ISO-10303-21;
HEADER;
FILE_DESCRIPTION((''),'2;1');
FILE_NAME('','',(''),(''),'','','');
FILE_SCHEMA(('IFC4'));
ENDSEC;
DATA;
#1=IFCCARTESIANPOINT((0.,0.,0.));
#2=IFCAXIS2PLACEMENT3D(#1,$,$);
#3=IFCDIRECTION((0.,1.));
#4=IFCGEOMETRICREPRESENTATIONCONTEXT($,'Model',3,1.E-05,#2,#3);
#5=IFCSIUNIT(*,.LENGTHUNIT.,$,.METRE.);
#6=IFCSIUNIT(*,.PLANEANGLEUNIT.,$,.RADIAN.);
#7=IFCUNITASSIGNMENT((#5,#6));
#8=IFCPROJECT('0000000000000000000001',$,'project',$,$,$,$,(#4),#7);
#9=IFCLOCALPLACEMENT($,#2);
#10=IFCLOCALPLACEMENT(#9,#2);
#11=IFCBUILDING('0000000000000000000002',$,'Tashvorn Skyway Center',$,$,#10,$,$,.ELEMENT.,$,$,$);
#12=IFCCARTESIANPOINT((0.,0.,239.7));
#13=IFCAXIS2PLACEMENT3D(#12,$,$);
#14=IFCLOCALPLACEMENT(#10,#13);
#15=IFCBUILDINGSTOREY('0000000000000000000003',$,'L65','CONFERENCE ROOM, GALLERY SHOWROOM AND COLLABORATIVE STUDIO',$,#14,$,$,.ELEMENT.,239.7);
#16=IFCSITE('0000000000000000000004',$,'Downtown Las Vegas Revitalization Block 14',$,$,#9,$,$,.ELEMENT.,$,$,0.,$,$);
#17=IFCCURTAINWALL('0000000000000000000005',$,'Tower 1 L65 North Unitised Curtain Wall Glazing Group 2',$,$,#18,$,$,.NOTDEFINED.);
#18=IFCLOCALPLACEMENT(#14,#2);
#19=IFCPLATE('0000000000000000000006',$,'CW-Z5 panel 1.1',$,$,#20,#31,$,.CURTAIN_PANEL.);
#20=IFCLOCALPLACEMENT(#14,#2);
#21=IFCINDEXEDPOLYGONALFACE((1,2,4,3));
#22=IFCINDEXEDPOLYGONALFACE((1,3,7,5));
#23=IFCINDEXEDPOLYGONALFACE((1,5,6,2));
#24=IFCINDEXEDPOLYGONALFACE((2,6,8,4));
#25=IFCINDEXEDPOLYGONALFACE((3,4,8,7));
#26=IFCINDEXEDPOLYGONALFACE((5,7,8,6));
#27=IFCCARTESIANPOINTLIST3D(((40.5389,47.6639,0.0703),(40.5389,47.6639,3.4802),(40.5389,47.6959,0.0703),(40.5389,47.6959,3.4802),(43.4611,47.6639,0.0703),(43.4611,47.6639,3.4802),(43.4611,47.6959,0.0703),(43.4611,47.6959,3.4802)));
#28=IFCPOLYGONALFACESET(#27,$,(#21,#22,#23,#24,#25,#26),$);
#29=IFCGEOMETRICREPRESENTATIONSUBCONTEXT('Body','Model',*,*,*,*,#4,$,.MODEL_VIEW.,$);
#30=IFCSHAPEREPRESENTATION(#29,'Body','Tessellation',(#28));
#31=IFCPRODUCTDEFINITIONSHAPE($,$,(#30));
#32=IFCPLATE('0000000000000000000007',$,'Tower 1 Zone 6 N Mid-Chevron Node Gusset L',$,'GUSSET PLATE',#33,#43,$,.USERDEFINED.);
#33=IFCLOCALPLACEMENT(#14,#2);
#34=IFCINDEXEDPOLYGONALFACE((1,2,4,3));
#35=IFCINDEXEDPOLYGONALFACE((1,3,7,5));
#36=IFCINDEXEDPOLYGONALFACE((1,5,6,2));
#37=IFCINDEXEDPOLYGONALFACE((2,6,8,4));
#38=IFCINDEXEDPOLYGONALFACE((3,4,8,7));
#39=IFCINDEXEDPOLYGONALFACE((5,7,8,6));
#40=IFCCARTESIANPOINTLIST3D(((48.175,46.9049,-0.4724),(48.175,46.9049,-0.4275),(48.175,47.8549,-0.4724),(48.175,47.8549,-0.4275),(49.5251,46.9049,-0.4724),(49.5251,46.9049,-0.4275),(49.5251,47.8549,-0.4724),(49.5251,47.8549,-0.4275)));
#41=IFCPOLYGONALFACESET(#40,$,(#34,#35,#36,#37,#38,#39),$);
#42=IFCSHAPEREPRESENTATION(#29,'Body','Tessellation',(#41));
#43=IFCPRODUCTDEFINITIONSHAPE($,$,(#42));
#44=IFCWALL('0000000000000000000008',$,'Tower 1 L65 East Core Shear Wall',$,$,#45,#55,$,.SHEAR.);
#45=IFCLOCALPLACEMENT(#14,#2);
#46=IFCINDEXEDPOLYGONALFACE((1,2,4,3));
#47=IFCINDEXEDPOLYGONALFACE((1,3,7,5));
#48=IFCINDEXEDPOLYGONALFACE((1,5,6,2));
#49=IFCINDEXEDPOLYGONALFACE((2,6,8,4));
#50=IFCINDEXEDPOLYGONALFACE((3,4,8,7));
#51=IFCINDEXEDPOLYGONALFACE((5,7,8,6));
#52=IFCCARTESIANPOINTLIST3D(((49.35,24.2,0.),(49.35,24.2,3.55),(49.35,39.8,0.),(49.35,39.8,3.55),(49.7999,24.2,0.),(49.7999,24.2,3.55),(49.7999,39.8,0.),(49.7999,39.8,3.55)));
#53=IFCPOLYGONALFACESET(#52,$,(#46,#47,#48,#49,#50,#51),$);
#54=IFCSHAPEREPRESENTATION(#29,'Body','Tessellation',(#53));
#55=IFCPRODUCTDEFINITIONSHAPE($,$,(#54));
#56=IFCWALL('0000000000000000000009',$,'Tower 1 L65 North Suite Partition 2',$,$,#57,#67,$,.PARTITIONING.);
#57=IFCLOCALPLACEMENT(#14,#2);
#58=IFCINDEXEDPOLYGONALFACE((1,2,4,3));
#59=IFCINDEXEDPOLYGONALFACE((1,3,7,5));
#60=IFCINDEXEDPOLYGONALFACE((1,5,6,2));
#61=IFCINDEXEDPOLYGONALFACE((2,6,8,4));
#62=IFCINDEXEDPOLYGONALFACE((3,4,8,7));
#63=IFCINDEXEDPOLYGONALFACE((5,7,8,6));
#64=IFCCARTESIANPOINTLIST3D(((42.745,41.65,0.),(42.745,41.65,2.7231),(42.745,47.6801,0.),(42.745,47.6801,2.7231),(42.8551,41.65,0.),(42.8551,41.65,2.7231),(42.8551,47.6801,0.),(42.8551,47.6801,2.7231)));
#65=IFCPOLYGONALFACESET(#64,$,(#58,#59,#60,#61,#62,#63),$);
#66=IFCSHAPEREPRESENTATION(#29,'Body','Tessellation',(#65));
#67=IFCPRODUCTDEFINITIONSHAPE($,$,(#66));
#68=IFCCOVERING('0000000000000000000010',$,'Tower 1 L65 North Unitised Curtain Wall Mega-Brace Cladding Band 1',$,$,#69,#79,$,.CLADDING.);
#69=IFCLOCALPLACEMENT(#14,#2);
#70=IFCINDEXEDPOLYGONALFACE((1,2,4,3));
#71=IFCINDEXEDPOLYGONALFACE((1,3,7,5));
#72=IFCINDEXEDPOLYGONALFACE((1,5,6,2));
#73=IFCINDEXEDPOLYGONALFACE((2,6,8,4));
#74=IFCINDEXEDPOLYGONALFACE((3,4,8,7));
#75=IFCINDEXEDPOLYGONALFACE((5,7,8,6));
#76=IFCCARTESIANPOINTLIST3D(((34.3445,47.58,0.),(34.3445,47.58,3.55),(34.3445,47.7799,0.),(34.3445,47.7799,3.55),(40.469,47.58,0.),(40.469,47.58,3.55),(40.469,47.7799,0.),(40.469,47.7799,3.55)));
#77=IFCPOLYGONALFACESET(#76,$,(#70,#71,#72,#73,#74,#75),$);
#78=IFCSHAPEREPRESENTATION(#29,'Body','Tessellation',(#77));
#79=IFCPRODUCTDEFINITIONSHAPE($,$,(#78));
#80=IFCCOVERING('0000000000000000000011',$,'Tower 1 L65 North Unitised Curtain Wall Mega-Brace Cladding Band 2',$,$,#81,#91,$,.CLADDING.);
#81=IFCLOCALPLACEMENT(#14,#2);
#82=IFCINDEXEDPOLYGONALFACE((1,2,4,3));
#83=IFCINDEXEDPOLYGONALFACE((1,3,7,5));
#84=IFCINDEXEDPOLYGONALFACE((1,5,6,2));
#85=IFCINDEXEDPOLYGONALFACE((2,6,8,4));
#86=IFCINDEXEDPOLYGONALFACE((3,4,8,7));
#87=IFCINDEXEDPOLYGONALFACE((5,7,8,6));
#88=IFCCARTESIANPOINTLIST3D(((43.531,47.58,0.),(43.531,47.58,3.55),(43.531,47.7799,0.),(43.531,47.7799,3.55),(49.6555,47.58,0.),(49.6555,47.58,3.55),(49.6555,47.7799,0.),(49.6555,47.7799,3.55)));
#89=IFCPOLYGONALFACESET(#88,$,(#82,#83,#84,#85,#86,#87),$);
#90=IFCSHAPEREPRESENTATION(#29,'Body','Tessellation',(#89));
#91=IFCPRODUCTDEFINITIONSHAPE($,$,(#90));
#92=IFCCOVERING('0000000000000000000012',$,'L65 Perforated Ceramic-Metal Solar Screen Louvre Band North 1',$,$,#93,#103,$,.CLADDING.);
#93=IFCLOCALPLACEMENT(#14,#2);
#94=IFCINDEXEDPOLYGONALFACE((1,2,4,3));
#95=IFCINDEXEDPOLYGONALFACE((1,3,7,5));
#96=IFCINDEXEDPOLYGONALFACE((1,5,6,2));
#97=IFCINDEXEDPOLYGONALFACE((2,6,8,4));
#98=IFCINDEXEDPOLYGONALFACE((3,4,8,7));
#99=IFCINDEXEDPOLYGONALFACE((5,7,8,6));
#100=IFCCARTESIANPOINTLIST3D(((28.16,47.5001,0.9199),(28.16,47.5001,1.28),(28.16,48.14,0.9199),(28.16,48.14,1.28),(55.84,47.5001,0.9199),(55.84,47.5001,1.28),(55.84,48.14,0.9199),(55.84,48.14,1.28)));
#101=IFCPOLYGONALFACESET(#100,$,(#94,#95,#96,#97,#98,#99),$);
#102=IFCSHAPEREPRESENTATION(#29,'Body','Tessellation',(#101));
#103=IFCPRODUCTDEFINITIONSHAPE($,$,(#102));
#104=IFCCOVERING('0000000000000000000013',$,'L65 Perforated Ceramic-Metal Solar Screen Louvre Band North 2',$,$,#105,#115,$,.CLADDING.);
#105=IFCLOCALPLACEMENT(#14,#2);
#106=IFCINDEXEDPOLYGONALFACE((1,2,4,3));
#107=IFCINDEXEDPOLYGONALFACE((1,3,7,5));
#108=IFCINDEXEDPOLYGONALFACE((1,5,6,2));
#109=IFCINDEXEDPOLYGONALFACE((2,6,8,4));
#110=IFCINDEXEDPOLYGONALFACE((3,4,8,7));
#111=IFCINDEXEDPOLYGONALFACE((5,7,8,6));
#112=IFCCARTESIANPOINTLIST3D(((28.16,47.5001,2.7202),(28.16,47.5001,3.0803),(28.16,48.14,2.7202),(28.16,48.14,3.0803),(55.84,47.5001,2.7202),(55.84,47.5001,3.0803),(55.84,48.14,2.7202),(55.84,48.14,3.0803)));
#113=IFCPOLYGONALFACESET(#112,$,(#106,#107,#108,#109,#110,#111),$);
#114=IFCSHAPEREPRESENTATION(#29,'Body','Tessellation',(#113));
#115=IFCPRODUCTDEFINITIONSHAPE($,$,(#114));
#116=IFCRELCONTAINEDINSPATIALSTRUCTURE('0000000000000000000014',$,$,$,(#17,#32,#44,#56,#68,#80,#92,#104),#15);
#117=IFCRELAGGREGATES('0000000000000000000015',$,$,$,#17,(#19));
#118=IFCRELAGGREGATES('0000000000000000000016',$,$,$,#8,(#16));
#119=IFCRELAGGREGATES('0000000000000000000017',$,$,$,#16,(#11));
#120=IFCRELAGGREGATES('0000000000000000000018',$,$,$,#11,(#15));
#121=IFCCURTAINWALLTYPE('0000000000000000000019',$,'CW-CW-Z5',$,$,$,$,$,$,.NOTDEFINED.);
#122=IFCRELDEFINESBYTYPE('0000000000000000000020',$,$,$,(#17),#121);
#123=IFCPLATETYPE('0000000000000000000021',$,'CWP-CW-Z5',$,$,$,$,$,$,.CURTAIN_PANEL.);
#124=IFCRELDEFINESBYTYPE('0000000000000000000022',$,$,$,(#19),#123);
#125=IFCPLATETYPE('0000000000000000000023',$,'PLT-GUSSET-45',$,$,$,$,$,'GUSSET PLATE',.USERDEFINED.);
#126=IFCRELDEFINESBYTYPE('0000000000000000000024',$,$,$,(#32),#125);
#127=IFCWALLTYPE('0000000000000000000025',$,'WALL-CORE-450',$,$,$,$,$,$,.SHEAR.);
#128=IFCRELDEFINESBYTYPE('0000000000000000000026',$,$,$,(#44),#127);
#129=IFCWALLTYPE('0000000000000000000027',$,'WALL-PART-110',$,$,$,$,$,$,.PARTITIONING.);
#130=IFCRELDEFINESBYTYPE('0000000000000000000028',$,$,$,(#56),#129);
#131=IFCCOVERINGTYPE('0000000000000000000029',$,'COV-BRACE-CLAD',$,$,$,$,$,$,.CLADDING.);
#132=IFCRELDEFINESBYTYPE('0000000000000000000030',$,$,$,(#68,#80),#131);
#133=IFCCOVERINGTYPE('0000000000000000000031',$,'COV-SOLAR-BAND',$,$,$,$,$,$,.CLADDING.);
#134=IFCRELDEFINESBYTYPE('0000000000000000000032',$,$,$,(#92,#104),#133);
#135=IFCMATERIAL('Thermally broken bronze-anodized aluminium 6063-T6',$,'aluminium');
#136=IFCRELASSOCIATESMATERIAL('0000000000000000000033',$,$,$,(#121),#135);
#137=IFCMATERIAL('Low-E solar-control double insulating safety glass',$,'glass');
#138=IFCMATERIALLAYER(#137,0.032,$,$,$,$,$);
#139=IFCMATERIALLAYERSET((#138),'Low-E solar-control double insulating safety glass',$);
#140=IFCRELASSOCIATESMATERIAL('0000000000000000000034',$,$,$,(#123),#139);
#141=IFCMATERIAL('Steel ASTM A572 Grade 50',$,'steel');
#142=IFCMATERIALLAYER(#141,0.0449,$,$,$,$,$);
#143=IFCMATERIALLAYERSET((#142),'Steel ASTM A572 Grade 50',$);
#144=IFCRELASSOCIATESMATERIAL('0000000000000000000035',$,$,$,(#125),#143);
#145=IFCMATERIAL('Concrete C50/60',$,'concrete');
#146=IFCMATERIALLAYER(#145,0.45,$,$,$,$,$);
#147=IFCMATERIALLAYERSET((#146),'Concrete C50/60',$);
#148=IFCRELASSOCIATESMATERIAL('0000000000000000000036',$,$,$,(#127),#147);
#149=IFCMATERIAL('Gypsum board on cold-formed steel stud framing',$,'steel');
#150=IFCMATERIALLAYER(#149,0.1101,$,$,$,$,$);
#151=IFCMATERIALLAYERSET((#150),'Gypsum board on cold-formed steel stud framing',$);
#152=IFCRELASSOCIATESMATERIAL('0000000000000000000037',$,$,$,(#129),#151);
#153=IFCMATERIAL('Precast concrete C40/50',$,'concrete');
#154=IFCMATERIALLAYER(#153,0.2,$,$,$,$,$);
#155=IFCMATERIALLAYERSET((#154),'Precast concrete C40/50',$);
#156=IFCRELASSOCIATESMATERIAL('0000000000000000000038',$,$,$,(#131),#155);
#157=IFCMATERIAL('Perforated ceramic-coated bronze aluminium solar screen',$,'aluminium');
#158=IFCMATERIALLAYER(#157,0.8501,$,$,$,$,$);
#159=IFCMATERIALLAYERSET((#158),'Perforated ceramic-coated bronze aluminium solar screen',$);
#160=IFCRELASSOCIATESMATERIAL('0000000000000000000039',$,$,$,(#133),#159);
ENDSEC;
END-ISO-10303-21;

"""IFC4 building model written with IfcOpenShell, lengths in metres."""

from ifc_helpers import new_model, si_unit, direction, frame, frame_2d, origin, origin_2d, place, context, subcontext, project, spatial, rectangle, extrude, material, layer, layer_set, type_object, element, aggregate, save


model = new_model("IFC4")

# Units and contexts
model_context = context("Model", 3, precision=1e-05, world=origin(), true_north=direction((0.0, 1.0)))
body_context = subcontext(model_context, "Body", "Model", "MODEL_VIEW")
ifc_project = project(units=[si_unit("LENGTHUNIT", "METRE"), si_unit("PLANEANGLEUNIT", "RADIAN")], contexts=[model_context])

# Site, building, storey
site_placement = place(None, origin())
site = spatial("IfcSite", under=ifc_project, at=site_placement, Name="Downtown Las Vegas Revitalization Block 14", CompositionType="ELEMENT", RefElevation=0.0)
building_placement = place(site_placement, origin())
building = spatial("IfcBuilding", under=site, at=building_placement, Name="Tashvorn Skyway Center", CompositionType="ELEMENT")
storey_placement = place(building_placement, frame((0.0, 0.0, 239.7)))
storey = spatial("IfcBuildingStorey", under=building, at=storey_placement, Name="L65", Description="CONFERENCE ROOM, GALLERY SHOWROOM AND COLLABORATIVE STUDIO", CompositionType="ELEMENT", Elevation=239.7)

# Shared definitions
ifc_material_1 = material(Name="Steel ASTM A572 Grade 50", Category="steel")

# Curtain wall
ifc_material_2 = material(Name="Thermally broken bronze-anodized aluminium 6063-T6", Category="aluminium")
curtain_wall_type = type_object("IfcCurtainWallType", Name="CW-CW-Z5", PredefinedType="NOTDEFINED", material=ifc_material_2)
curtain_wall_placement = place(storey_placement, origin())
curtain_wall = element("IfcCurtainWall", 1, at=curtain_wall_placement, inside=storey, type_object=curtain_wall_type, Name="Tower 1 L65 North Unitised Curtain Wall Glazing Group 2", PredefinedType="NOTDEFINED")

# Plates
ifc_material_3 = material(Name="Low-E solar-control double insulating safety glass", Category="glass")
ifc_layer_1 = layer(ifc_material_3, 0.032)
ifc_layer_set_1 = layer_set([ifc_layer_1], Name="Low-E solar-control double insulating safety glass")
plate_type_1 = type_object("IfcPlateType", Name="CWP-CW-Z5", PredefinedType="CURTAIN_PANEL", material=ifc_layer_set_1)
plate_1_placement = place(storey_placement, frame((42.0, 47.6799, 0.0703), z_axis=(0.0, 0.0, 1.0), x_axis=(1.0, 0.0, 0.0)))
plate_1 = element("IfcPlate", 2, at=plate_1_placement, type_object=plate_type_1, Name="CW-Z5 panel 1.1", PredefinedType="CURTAIN_PANEL", context=body_context, shape_type="SweptSolid", body=[
    extrude(rectangle(XDim=2.9221, YDim=0.032, at=origin_2d()), origin(), (0.0, 0.0, 1.0), 3.4099),
])
aggregate(curtain_wall, [plate_1])
ifc_layer_2 = layer(ifc_material_1, 0.0449)
ifc_layer_set_2 = layer_set([ifc_layer_2], Name="Steel ASTM A572 Grade 50")
plate_type_2 = type_object("IfcPlateType", Name="PLT-GUSSET-45", ElementType="GUSSET PLATE", PredefinedType="USERDEFINED", material=ifc_layer_set_2)
plate_2_placement = place(storey_placement, frame((48.8501, 47.3799, -0.4724), z_axis=(0.0, 0.0, 1.0), x_axis=(-1.0, 0.0, 0.0)))
element("IfcPlate", 3, at=plate_2_placement, inside=storey, type_object=plate_type_2, Name="Tower 1 Zone 6 N Mid-Chevron Node Gusset L", ObjectType="GUSSET PLATE", PredefinedType="USERDEFINED", context=body_context, shape_type="SweptSolid", body=[
    extrude(rectangle(XDim=1.3501, YDim=0.95, at=origin_2d()), origin(), (0.0, 0.0, 1.0), 0.0449),
])

# Walls
ifc_material_4 = material(Name="Concrete C50/60", Category="concrete")
ifc_layer_3 = layer(ifc_material_4, 0.45)
ifc_layer_set_3 = layer_set([ifc_layer_3], Name="Concrete C50/60")
wall_type_1 = type_object("IfcWallType", Name="WALL-CORE-450", PredefinedType="SHEAR", material=ifc_layer_set_3)
wall_1_placement = place(storey_placement, frame((49.575, 39.8, 0.0), z_axis=(0.0, 0.0, 1.0), x_axis=(0.0, -1.0, 0.0)))
element("IfcWall", 4, at=wall_1_placement, inside=storey, type_object=wall_type_1, Name="Tower 1 L65 East Core Shear Wall", PredefinedType="SHEAR", context=body_context, shape_type="SweptSolid", body=[
    extrude(rectangle(XDim=15.6001, YDim=0.45, at=frame_2d((7.8, 0.0))), origin(), (0.0, 0.0, 1.0), 3.55),
])
ifc_material_5 = material(Name="Gypsum board on cold-formed steel stud framing", Category="steel")
ifc_layer_4 = layer(ifc_material_5, 0.1101)
ifc_layer_set_4 = layer_set([ifc_layer_4], Name="Gypsum board on cold-formed steel stud framing")
wall_type_2 = type_object("IfcWallType", Name="WALL-PART-110", PredefinedType="PARTITIONING", material=ifc_layer_set_4)
wall_2_placement = place(storey_placement, frame((42.8, 41.6499, 0.0), z_axis=(0.0, 0.0, 1.0), x_axis=(0.0, 1.0, 0.0)))
element("IfcWall", 5, at=wall_2_placement, inside=storey, type_object=wall_type_2, Name="Tower 1 L65 North Suite Partition 2", PredefinedType="PARTITIONING", context=body_context, shape_type="SweptSolid", body=[
    extrude(rectangle(XDim=6.03, YDim=0.1101, at=frame_2d((3.0151, 0.0))), origin(), (0.0, 0.0, 1.0), 2.7231),
])

# Coverings
ifc_material_6 = material(Name="Precast concrete C40/50", Category="concrete")
ifc_layer_5 = layer(ifc_material_6, 0.2)
ifc_layer_set_5 = layer_set([ifc_layer_5], Name="Precast concrete C40/50")
covering_type_1 = type_object("IfcCoveringType", Name="COV-BRACE-CLAD", PredefinedType="CLADDING", material=ifc_layer_set_5)
for number, where, z_axis, x_axis, name in (
    (6, (37.4067, 47.6799, 0.0), (0.0, 0.0, 1.0), (1.0, 0.0, 0.0), "Tower 1 L65 North Unitised Curtain Wall Mega-Brace Cladding Band 1"),
    (7, (46.5933, 47.6799, 0.0), (0.0, 0.0, 1.0), (1.0, 0.0, 0.0), "Tower 1 L65 North Unitised Curtain Wall Mega-Brace Cladding Band 2"),
):
    element("IfcCovering", number, at=place(storey_placement, frame(where, z_axis=z_axis, x_axis=x_axis)), inside=storey, type_object=covering_type_1, Name=name, PredefinedType="CLADDING", context=body_context, shape_type="SweptSolid", body=[
        extrude(rectangle(XDim=6.1245, YDim=0.2, at=origin_2d()), origin(), (0.0, 0.0, 1.0), 3.55),
    ])
ifc_material_7 = material(Name="Perforated ceramic-coated bronze aluminium solar screen", Category="aluminium")
ifc_layer_6 = layer(ifc_material_7, 0.8501)
ifc_layer_set_6 = layer_set([ifc_layer_6], Name="Perforated ceramic-coated bronze aluminium solar screen")
covering_type_2 = type_object("IfcCoveringType", Name="COV-SOLAR-BAND", PredefinedType="CLADDING", material=ifc_layer_set_6)
for number, where, z_axis, x_axis, name in (
    (8, (42.0, 47.8201, 0.9199), (0.0, 0.0, 1.0), (1.0, 0.0, 0.0), "L65 Perforated Ceramic-Metal Solar Screen Louvre Band North 1"),
    (9, (42.0, 47.8201, 2.7202), (0.0, 0.0, 1.0), (1.0, 0.0, 0.0), "L65 Perforated Ceramic-Metal Solar Screen Louvre Band North 2"),
):
    element("IfcCovering", number, at=place(storey_placement, frame(where, z_axis=z_axis, x_axis=x_axis)), inside=storey, type_object=covering_type_2, Name=name, PredefinedType="CLADDING", context=body_context, shape_type="SweptSolid", body=[
        extrude(rectangle(XDim=27.6799, YDim=0.6399, at=origin_2d()), origin(), (0.0, 0.0, 1.0), 0.3601),
    ])

save(model, "model.ifc")
